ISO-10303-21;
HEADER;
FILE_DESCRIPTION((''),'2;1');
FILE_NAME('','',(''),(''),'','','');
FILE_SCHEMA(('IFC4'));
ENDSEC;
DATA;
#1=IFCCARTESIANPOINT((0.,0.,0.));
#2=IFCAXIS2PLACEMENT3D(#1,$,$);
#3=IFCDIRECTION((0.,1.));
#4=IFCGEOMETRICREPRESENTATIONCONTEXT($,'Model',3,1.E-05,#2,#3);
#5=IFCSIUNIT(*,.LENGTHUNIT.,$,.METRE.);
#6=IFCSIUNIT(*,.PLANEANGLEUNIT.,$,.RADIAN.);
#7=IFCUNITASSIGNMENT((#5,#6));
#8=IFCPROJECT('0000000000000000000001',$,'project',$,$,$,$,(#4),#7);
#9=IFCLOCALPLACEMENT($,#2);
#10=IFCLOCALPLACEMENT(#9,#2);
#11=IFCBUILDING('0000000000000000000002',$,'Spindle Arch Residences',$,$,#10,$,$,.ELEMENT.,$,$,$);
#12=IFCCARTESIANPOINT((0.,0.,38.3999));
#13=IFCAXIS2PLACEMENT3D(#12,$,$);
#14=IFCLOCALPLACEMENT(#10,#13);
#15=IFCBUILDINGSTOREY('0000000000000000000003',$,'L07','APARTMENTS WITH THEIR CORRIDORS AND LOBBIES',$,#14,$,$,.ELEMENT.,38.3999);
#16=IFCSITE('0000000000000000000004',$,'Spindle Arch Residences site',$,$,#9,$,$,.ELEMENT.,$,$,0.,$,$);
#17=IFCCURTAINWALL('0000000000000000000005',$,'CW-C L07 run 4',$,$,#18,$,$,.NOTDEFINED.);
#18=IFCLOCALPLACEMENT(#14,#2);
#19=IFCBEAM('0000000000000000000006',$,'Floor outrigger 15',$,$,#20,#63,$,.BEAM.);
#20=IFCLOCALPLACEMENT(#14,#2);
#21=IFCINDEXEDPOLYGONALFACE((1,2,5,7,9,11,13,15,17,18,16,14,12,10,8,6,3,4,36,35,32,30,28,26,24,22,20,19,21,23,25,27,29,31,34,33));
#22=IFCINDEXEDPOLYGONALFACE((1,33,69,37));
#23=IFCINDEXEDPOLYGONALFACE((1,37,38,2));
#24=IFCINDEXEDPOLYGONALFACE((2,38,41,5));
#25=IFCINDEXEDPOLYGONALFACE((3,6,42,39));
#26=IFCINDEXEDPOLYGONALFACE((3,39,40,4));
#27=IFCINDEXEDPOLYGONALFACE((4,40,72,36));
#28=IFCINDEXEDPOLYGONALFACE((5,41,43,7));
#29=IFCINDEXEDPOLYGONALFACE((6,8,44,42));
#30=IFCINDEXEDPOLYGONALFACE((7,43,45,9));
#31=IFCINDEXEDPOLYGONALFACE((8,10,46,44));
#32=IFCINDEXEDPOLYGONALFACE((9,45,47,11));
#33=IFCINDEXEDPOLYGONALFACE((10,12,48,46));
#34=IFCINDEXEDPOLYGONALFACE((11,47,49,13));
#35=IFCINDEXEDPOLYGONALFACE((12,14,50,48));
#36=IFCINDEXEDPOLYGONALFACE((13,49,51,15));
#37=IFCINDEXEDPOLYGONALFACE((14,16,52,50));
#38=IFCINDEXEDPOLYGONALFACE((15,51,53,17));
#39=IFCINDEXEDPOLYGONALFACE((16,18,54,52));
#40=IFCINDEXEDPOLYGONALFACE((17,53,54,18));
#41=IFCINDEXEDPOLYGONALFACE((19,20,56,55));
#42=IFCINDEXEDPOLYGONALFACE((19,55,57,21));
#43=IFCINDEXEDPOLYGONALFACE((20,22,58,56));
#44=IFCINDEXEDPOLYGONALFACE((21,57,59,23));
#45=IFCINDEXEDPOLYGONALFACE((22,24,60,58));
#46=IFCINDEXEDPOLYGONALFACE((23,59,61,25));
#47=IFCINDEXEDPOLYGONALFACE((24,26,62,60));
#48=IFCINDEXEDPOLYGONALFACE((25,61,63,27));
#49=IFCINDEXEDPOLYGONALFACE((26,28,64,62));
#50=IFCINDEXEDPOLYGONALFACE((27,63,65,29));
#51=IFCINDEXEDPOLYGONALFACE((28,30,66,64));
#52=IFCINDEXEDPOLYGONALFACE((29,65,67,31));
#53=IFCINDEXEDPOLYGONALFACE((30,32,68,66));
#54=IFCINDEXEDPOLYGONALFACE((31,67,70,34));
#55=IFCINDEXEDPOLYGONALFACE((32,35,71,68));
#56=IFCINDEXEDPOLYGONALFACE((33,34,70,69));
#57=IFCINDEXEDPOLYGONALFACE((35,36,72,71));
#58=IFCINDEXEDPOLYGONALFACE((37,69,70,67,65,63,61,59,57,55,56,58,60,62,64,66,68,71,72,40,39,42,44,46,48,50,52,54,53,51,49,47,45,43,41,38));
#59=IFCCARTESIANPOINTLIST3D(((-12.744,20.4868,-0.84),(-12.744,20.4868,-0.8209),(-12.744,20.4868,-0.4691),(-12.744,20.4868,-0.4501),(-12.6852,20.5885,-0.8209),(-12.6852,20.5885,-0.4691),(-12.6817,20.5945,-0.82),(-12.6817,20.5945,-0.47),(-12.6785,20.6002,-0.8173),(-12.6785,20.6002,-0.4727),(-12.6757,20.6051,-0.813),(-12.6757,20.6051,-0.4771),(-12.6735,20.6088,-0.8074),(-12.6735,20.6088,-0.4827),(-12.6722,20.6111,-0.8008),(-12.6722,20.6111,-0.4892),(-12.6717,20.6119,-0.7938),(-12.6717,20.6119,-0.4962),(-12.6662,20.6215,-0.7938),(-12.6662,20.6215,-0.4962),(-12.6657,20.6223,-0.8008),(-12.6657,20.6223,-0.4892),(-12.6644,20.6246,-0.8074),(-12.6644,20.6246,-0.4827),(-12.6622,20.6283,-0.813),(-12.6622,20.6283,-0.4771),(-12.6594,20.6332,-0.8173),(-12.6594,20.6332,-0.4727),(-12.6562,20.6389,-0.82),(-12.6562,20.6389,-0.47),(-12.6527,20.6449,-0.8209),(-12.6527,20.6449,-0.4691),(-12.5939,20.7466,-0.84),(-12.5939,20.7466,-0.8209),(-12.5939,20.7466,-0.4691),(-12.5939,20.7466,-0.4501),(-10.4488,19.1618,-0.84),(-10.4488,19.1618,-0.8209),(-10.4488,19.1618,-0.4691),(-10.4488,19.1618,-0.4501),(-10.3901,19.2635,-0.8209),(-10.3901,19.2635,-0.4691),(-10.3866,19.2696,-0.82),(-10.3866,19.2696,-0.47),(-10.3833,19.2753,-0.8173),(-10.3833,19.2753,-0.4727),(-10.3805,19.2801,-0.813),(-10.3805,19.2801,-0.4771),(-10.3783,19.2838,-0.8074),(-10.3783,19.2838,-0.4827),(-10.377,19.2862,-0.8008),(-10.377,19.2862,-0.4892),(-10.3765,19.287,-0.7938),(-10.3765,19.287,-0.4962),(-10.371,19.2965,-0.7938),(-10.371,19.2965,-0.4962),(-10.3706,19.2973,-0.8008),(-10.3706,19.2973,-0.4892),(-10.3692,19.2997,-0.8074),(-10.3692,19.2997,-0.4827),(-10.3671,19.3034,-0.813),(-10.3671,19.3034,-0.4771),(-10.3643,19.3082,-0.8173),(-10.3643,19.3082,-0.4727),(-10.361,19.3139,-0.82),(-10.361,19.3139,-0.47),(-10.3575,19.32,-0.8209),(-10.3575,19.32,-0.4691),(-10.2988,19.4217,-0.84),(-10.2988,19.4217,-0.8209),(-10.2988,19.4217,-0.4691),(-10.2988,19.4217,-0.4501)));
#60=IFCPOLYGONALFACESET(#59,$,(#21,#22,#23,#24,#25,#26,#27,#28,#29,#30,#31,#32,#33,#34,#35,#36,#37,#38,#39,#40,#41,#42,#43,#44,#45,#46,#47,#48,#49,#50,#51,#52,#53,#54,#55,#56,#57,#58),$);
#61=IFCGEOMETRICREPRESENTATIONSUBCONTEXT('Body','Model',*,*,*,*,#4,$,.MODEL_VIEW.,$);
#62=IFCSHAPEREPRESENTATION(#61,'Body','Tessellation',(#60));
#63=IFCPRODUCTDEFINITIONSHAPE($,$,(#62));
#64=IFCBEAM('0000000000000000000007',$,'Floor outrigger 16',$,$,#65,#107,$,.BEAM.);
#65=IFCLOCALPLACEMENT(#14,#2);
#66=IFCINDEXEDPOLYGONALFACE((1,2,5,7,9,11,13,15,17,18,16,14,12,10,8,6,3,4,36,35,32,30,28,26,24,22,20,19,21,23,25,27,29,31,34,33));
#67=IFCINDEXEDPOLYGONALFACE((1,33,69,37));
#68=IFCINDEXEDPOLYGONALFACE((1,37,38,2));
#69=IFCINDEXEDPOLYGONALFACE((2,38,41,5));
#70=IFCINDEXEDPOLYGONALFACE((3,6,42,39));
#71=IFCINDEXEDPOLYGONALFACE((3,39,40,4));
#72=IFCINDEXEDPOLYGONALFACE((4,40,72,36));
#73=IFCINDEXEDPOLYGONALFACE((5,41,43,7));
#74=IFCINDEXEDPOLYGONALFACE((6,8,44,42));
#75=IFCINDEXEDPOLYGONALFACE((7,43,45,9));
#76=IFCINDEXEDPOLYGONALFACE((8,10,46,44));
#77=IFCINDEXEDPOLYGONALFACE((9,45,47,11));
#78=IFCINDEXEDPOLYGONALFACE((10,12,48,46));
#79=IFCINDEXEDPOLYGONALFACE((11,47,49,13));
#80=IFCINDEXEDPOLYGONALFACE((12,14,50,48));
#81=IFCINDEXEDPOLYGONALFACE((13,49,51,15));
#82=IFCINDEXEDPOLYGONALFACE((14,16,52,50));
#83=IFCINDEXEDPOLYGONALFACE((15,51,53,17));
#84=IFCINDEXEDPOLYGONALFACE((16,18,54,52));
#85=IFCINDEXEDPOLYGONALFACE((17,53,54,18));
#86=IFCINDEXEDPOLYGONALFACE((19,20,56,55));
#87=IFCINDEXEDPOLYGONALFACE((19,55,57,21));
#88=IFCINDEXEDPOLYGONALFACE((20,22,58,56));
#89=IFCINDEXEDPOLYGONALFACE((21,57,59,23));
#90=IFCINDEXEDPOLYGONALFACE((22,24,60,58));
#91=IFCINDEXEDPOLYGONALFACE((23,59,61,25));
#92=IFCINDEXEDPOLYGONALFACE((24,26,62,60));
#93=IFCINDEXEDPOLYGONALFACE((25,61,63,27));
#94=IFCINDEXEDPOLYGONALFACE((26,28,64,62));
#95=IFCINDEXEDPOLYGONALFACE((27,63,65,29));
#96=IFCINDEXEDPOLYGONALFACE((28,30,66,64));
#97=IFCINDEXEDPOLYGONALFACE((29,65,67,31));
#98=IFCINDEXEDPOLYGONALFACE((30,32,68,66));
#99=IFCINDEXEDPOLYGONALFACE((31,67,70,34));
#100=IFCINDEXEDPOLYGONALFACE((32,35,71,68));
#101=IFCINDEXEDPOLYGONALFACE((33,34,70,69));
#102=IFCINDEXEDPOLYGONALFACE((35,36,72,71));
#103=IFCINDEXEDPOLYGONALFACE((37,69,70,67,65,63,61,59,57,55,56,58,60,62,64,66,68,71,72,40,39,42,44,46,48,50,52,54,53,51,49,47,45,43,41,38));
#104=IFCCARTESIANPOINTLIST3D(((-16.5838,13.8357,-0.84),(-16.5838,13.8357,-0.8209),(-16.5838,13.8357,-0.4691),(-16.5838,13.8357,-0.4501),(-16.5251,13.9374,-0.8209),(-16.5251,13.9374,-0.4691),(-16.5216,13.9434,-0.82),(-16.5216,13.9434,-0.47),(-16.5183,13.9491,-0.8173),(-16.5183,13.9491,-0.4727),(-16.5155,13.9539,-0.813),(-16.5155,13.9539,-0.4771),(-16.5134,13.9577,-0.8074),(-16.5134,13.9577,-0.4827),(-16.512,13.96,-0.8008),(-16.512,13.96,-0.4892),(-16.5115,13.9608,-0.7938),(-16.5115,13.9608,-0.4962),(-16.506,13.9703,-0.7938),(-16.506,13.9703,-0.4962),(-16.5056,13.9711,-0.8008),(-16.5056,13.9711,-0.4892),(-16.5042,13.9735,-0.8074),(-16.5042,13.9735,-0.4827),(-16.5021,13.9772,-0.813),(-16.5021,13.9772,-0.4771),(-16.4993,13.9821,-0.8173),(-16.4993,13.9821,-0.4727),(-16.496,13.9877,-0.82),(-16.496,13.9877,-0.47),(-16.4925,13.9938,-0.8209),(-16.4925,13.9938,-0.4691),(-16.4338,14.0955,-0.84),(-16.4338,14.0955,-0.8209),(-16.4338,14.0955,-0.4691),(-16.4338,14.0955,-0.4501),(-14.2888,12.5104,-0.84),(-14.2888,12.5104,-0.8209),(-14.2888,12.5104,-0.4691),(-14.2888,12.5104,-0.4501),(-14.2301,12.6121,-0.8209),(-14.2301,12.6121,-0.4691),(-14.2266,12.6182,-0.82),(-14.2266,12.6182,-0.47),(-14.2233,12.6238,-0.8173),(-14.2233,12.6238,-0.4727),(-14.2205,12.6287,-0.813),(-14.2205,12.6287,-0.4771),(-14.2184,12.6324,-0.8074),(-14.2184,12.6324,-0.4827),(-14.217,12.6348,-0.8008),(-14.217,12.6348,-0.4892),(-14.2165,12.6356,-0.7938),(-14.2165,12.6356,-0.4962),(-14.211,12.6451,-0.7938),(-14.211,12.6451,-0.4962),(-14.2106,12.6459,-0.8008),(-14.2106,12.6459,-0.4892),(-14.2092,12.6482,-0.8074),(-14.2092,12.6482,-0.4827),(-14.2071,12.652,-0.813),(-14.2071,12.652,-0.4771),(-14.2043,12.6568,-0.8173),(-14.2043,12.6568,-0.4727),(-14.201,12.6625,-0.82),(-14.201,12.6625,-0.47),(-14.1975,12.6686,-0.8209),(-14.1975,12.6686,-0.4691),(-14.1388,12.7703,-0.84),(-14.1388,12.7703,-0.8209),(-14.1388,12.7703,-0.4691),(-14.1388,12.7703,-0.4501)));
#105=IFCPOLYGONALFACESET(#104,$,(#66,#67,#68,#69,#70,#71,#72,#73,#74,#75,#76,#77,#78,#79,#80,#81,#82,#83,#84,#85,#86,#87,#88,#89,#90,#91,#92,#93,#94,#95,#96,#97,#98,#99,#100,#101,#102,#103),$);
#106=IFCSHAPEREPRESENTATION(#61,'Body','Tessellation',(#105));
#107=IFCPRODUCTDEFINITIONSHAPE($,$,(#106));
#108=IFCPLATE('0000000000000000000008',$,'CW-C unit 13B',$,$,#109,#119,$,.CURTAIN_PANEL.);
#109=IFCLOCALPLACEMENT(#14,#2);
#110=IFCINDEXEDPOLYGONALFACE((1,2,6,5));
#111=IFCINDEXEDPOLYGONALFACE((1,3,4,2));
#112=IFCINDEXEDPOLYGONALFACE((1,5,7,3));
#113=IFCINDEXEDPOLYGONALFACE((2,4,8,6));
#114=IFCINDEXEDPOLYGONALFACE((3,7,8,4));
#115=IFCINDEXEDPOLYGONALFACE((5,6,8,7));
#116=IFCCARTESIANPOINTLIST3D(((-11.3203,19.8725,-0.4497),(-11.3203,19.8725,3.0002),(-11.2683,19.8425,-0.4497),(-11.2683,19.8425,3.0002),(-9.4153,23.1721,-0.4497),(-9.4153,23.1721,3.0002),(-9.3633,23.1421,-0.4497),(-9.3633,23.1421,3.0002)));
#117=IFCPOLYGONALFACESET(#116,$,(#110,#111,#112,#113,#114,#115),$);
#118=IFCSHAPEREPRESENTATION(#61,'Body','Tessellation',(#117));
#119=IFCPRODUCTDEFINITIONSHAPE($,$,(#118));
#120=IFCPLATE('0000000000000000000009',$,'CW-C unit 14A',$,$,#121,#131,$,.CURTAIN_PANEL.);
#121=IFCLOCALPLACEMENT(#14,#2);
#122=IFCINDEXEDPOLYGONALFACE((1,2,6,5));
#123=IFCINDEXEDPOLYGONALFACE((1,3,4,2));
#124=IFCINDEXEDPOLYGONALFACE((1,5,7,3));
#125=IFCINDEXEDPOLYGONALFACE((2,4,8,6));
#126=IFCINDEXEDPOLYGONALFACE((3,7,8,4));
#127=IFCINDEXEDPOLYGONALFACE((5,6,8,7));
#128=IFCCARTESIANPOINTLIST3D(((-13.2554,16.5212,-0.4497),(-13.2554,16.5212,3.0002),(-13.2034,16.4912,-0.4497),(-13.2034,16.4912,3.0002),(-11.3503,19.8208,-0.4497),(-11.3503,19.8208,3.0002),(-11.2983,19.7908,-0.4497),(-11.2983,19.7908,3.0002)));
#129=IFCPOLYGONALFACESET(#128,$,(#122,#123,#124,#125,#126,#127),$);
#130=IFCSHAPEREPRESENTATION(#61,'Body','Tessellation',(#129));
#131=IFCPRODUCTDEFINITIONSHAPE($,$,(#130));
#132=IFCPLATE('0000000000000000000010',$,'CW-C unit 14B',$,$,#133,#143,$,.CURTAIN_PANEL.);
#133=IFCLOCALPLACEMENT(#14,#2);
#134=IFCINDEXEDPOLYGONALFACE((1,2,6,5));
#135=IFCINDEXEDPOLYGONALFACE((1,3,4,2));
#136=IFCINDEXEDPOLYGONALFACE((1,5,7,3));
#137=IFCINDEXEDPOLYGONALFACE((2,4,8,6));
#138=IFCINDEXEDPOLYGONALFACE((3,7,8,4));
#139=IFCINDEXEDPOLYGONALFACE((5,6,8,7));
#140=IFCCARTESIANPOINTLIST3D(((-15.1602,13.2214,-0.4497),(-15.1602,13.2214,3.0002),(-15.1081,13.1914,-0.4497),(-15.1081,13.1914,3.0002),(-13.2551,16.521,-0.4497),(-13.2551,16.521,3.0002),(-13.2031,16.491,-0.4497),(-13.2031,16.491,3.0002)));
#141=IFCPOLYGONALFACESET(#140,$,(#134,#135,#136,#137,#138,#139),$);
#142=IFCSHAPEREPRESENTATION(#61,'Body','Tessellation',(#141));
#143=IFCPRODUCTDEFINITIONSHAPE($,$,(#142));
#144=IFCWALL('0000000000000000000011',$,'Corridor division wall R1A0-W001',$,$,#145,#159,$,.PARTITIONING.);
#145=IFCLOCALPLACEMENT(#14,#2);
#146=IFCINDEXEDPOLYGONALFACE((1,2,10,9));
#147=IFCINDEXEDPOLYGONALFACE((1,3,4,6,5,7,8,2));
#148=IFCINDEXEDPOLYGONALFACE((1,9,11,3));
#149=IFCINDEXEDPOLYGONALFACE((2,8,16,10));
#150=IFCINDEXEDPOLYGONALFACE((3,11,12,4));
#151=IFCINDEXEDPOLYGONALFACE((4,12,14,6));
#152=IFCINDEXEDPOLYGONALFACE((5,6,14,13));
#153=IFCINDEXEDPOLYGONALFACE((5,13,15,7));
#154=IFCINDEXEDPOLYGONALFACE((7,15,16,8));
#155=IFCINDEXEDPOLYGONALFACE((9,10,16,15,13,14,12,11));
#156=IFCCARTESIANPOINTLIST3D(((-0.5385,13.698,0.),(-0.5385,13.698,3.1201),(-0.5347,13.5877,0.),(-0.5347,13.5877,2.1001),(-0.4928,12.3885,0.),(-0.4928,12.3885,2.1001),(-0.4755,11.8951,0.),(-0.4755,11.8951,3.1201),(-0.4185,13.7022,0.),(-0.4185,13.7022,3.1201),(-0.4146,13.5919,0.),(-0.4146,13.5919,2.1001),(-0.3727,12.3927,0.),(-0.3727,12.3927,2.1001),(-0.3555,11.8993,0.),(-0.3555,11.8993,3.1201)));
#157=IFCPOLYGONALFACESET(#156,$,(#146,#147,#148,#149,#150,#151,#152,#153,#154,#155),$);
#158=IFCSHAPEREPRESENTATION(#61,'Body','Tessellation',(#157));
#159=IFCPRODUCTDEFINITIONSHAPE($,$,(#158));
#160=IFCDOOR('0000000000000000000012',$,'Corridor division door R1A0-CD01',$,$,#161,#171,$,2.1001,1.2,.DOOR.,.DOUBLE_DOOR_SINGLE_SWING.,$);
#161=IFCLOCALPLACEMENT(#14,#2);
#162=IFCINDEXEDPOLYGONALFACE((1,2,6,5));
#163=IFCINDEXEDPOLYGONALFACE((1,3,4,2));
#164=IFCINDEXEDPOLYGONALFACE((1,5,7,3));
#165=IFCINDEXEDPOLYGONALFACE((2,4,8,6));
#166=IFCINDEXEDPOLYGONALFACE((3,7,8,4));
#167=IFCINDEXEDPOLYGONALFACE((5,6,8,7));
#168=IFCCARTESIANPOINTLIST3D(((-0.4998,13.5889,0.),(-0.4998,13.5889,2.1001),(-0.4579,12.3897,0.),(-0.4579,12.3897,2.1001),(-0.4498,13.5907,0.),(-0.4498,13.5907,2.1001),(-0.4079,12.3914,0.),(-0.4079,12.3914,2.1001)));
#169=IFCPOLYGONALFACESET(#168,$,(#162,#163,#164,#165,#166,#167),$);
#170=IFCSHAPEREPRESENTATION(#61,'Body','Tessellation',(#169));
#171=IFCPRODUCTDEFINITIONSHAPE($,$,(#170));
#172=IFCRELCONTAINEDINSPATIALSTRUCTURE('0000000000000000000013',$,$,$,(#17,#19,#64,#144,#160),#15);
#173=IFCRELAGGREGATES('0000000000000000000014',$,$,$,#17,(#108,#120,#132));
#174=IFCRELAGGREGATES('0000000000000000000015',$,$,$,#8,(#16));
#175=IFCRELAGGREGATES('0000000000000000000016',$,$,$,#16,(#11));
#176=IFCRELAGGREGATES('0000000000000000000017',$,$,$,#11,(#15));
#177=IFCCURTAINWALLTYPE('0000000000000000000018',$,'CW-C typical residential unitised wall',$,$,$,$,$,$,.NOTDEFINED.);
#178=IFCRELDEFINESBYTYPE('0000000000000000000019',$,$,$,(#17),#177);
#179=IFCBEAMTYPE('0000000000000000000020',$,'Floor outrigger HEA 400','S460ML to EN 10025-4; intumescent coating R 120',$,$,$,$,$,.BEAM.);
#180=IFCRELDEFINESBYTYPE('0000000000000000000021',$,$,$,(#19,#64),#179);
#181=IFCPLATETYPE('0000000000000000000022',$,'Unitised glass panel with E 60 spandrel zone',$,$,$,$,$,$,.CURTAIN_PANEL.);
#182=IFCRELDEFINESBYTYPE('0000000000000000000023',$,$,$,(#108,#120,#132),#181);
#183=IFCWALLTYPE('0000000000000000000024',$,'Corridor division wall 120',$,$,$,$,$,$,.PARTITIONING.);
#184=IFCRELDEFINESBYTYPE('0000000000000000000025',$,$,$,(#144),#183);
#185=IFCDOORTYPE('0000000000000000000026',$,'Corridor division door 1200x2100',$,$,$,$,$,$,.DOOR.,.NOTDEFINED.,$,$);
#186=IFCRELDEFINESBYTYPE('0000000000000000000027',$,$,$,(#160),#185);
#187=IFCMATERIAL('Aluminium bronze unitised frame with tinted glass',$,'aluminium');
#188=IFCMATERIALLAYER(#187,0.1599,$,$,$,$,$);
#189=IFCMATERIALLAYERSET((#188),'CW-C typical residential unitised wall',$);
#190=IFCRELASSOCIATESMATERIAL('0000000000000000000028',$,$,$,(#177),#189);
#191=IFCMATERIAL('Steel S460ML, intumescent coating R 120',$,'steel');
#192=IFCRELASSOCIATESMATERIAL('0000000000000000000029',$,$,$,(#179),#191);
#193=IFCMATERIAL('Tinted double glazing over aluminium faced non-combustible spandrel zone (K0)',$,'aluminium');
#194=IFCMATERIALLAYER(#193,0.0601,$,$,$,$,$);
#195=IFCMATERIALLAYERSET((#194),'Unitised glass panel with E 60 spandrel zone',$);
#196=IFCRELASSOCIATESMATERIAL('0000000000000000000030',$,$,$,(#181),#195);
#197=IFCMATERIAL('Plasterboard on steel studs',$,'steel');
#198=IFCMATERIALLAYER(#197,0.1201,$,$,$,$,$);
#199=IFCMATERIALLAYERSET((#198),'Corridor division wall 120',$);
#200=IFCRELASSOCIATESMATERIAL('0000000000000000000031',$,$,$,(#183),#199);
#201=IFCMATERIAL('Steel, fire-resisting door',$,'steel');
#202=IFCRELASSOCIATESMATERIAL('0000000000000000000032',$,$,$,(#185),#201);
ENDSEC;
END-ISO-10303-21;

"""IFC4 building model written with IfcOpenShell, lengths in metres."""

from ifc_helpers import new_model, si_unit, direction, frame, frame_2d, origin, origin_2d, place, context, subcontext, project, spatial, rectangle, i_section, extrude, material, layer, layer_set, material_profile, profile_set, type_object, element, fill, aggregate, save


model = new_model("IFC4")

# Units and contexts
model_context = context("Model", 3, precision=1e-05, world=origin(), true_north=direction((0.0, 1.0)))
body_context = subcontext(model_context, "Body", "Model", "MODEL_VIEW")
ifc_project = project(units=[si_unit("LENGTHUNIT", "METRE"), si_unit("PLANEANGLEUNIT", "RADIAN")], contexts=[model_context])

# Site, building, storey
site_placement = place(None, origin())
site = spatial("IfcSite", under=ifc_project, at=site_placement, Name="Spindle Arch Residences site", CompositionType="ELEMENT", RefElevation=0.0)
building_placement = place(site_placement, origin())
building = spatial("IfcBuilding", under=site, at=building_placement, Name="Spindle Arch Residences", CompositionType="ELEMENT")
storey_placement = place(building_placement, frame((0.0, 0.0, 38.3999)))
storey = spatial("IfcBuildingStorey", under=building, at=storey_placement, Name="L07", Description="APARTMENTS WITH THEIR CORRIDORS AND LOBBIES", CompositionType="ELEMENT", Elevation=38.3999)

# Curtain wall
ifc_material_1 = material(Name="Aluminium bronze unitised frame with tinted glass", Category="aluminium")
ifc_layer_1 = layer(ifc_material_1, 0.1599)
ifc_layer_set_1 = layer_set([ifc_layer_1], Name="CW-C typical residential unitised wall")
curtain_wall_type = type_object("IfcCurtainWallType", Name="CW-C typical residential unitised wall", PredefinedType="NOTDEFINED", material=ifc_layer_set_1)
curtain_wall_placement = place(storey_placement, origin())
curtain_wall = element("IfcCurtainWall", 1, at=curtain_wall_placement, inside=storey, type_object=curtain_wall_type, Name="CW-C L07 run 4", PredefinedType="NOTDEFINED")

# Beams
ifc_material_2 = material(Name="Steel S460ML, intumescent coating R 120", Category="steel")
ifc_material_profile_1 = material_profile(ifc_material_2, i_section(OverallWidth=0.3, OverallDepth=0.3899, WebThickness=0.011, FlangeThickness=0.019, FilletRadius=0.0271, at=origin_2d()), Name="HEA 400")
ifc_profile_set_1 = profile_set([ifc_material_profile_1], Name="Steel S460ML, intumescent coating R 120")
beam_type_1 = type_object("IfcBeamType", Name="Floor outrigger HEA 400", Description="S460ML to EN 10025-4; intumescent coating R 120", PredefinedType="BEAM", material=ifc_profile_set_1)
for number, where, z_axis, x_axis, name in (
    (2, (-12.6689, 20.6167, -0.645), (0.866052, -0.499954, 0.0), (0.499954, 0.866052, 0.0), "Floor outrigger 15"),
    (3, (-16.5088, 13.9656, -0.645), (0.865989, -0.500063, 0.0), (0.500063, 0.865989, 0.0), "Floor outrigger 16"),
):
    element("IfcBeam", number, at=place(storey_placement, frame(where, z_axis=z_axis, x_axis=x_axis)), inside=storey, type_object=beam_type_1, Name=name, PredefinedType="BEAM", context=body_context, shape_type="SweptSolid", body=[
        extrude(i_section(OverallWidth=0.3, OverallDepth=0.3899, WebThickness=0.011, FlangeThickness=0.019, FilletRadius=0.0271, at=origin_2d()), origin(), (0.0, 0.0, 1.0), 2.6501),
    ])

# Plates
ifc_material_3 = material(Name="Tinted double glazing over aluminium faced non-combustible spandrel zone (K0)", Category="aluminium")
ifc_layer_2 = layer(ifc_material_3, 0.0601)
ifc_layer_set_2 = layer_set([ifc_layer_2], Name="Unitised glass panel with E 60 spandrel zone")
plate_type = type_object("IfcPlateType", Name="Unitised glass panel with E 60 spandrel zone", PredefinedType="CURTAIN_PANEL", material=ifc_layer_set_2)
plate_1_placement = place(storey_placement, frame((-10.3418, 21.5073, -0.4497), z_axis=(0.0, 0.0, 1.0), x_axis=(-0.5, -0.866025, 0.0)))
plate_1 = element("IfcPlate", 4, at=plate_1_placement, type_object=plate_type, Name="CW-C unit 13B", PredefinedType="CURTAIN_PANEL", context=body_context, shape_type="SweptSolid", body=[
    extrude(rectangle(XDim=3.8101, YDim=0.0601, at=origin_2d()), origin(), (0.0, 0.0, 1.0), 3.45),
])
plate_2_placement = place(storey_placement, frame((-12.2769, 18.156, -0.4497), z_axis=(0.0, 0.0, 1.0), x_axis=(-0.5, -0.866025, 0.0)))
plate_2 = element("IfcPlate", 5, at=plate_2_placement, type_object=plate_type, Name="CW-C unit 14A", PredefinedType="CURTAIN_PANEL", context=body_context, shape_type="SweptSolid", body=[
    extrude(rectangle(XDim=3.8101, YDim=0.0601, at=origin_2d()), origin(), (0.0, 0.0, 1.0), 3.45),
])
plate_3_placement = place(storey_placement, frame((-14.1816, 14.8562, -0.4497), z_axis=(0.0, 0.0, 1.0), x_axis=(-0.5, -0.866025, 0.0)))
plate_3 = element("IfcPlate", 6, at=plate_3_placement, type_object=plate_type, Name="CW-C unit 14B", PredefinedType="CURTAIN_PANEL", context=body_context, shape_type="SweptSolid", body=[
    extrude(rectangle(XDim=3.8101, YDim=0.0601, at=origin_2d()), origin(), (0.0, 0.0, 1.0), 3.45),
])
aggregate(curtain_wall, [plate_1, plate_2, plate_3])

# Wall, opening, door
ifc_material_4 = material(Name="Plasterboard on steel studs", Category="steel")
ifc_layer_3 = layer(ifc_material_4, 0.1201)
ifc_layer_set_3 = layer_set([ifc_layer_3], Name="Corridor division wall 120")
wall_type_1 = type_object("IfcWallType", Name="Corridor division wall 120", PredefinedType="PARTITIONING", material=ifc_layer_set_3)
wall_1_placement = place(storey_placement, frame((-0.4785, 13.7, 0.0), z_axis=(0.0, 0.0, 1.0), x_axis=(0.034919, -0.99939, 0.0)))
wall_1 = element("IfcWall", 7, at=wall_1_placement, inside=storey, type_object=wall_type_1, Name="Corridor division wall R1A0-W001", PredefinedType="PARTITIONING", context=body_context, shape_type="SweptSolid", body=[
    extrude(rectangle(XDim=1.804, YDim=0.1201, at=frame_2d((0.9019, 0.0))), origin(), (0.0, 0.0, 1.0), 3.1201),
])
opening_1_placement = place(wall_1_placement, frame((0.1101, 0.0, 0.0)))
opening_1 = element("IfcOpeningElement", 8, at=opening_1_placement, cuts=wall_1, PredefinedType="OPENING", context=body_context, shape_type="SweptSolid", body=[
    extrude(rectangle(XDim=1.2, YDim=2.1001, at=frame_2d((0.6001, 1.05))), frame((0.0, 0.0701, 0.0), z_axis=(0.0, -1.0, 0.0), x_axis=(1.0, 0.0, 0.0)), (0.0, 0.0, 1.0), 0.1401),
])
ifc_material_5 = material(Name="Steel, fire-resisting door", Category="steel")
door_type_1 = type_object("IfcDoorType", Name="Corridor division door 1200x2100", OperationType="NOTDEFINED", PredefinedType="DOOR", material=ifc_material_5)
door_1_placement = place(opening_1_placement, origin())
door_1 = element("IfcDoor", 9, at=door_1_placement, inside=storey, type_object=door_type_1, Name="Corridor division door R1A0-CD01", OperationType="DOUBLE_DOOR_SINGLE_SWING", OverallHeight=2.1001, OverallWidth=1.2, PredefinedType="DOOR", context=body_context, shape_type="SweptSolid", body=[
    extrude(rectangle(XDim=1.2, YDim=2.1001, at=frame_2d((0.6001, 1.05))), frame((0.0, 0.0249, 0.0), z_axis=(0.0, -1.0, 0.0), x_axis=(1.0, 0.0, 0.0)), (0.0, 0.0, 1.0), 0.05),
])
fill(opening_1, door_1)

save(model, "model.ifc")
